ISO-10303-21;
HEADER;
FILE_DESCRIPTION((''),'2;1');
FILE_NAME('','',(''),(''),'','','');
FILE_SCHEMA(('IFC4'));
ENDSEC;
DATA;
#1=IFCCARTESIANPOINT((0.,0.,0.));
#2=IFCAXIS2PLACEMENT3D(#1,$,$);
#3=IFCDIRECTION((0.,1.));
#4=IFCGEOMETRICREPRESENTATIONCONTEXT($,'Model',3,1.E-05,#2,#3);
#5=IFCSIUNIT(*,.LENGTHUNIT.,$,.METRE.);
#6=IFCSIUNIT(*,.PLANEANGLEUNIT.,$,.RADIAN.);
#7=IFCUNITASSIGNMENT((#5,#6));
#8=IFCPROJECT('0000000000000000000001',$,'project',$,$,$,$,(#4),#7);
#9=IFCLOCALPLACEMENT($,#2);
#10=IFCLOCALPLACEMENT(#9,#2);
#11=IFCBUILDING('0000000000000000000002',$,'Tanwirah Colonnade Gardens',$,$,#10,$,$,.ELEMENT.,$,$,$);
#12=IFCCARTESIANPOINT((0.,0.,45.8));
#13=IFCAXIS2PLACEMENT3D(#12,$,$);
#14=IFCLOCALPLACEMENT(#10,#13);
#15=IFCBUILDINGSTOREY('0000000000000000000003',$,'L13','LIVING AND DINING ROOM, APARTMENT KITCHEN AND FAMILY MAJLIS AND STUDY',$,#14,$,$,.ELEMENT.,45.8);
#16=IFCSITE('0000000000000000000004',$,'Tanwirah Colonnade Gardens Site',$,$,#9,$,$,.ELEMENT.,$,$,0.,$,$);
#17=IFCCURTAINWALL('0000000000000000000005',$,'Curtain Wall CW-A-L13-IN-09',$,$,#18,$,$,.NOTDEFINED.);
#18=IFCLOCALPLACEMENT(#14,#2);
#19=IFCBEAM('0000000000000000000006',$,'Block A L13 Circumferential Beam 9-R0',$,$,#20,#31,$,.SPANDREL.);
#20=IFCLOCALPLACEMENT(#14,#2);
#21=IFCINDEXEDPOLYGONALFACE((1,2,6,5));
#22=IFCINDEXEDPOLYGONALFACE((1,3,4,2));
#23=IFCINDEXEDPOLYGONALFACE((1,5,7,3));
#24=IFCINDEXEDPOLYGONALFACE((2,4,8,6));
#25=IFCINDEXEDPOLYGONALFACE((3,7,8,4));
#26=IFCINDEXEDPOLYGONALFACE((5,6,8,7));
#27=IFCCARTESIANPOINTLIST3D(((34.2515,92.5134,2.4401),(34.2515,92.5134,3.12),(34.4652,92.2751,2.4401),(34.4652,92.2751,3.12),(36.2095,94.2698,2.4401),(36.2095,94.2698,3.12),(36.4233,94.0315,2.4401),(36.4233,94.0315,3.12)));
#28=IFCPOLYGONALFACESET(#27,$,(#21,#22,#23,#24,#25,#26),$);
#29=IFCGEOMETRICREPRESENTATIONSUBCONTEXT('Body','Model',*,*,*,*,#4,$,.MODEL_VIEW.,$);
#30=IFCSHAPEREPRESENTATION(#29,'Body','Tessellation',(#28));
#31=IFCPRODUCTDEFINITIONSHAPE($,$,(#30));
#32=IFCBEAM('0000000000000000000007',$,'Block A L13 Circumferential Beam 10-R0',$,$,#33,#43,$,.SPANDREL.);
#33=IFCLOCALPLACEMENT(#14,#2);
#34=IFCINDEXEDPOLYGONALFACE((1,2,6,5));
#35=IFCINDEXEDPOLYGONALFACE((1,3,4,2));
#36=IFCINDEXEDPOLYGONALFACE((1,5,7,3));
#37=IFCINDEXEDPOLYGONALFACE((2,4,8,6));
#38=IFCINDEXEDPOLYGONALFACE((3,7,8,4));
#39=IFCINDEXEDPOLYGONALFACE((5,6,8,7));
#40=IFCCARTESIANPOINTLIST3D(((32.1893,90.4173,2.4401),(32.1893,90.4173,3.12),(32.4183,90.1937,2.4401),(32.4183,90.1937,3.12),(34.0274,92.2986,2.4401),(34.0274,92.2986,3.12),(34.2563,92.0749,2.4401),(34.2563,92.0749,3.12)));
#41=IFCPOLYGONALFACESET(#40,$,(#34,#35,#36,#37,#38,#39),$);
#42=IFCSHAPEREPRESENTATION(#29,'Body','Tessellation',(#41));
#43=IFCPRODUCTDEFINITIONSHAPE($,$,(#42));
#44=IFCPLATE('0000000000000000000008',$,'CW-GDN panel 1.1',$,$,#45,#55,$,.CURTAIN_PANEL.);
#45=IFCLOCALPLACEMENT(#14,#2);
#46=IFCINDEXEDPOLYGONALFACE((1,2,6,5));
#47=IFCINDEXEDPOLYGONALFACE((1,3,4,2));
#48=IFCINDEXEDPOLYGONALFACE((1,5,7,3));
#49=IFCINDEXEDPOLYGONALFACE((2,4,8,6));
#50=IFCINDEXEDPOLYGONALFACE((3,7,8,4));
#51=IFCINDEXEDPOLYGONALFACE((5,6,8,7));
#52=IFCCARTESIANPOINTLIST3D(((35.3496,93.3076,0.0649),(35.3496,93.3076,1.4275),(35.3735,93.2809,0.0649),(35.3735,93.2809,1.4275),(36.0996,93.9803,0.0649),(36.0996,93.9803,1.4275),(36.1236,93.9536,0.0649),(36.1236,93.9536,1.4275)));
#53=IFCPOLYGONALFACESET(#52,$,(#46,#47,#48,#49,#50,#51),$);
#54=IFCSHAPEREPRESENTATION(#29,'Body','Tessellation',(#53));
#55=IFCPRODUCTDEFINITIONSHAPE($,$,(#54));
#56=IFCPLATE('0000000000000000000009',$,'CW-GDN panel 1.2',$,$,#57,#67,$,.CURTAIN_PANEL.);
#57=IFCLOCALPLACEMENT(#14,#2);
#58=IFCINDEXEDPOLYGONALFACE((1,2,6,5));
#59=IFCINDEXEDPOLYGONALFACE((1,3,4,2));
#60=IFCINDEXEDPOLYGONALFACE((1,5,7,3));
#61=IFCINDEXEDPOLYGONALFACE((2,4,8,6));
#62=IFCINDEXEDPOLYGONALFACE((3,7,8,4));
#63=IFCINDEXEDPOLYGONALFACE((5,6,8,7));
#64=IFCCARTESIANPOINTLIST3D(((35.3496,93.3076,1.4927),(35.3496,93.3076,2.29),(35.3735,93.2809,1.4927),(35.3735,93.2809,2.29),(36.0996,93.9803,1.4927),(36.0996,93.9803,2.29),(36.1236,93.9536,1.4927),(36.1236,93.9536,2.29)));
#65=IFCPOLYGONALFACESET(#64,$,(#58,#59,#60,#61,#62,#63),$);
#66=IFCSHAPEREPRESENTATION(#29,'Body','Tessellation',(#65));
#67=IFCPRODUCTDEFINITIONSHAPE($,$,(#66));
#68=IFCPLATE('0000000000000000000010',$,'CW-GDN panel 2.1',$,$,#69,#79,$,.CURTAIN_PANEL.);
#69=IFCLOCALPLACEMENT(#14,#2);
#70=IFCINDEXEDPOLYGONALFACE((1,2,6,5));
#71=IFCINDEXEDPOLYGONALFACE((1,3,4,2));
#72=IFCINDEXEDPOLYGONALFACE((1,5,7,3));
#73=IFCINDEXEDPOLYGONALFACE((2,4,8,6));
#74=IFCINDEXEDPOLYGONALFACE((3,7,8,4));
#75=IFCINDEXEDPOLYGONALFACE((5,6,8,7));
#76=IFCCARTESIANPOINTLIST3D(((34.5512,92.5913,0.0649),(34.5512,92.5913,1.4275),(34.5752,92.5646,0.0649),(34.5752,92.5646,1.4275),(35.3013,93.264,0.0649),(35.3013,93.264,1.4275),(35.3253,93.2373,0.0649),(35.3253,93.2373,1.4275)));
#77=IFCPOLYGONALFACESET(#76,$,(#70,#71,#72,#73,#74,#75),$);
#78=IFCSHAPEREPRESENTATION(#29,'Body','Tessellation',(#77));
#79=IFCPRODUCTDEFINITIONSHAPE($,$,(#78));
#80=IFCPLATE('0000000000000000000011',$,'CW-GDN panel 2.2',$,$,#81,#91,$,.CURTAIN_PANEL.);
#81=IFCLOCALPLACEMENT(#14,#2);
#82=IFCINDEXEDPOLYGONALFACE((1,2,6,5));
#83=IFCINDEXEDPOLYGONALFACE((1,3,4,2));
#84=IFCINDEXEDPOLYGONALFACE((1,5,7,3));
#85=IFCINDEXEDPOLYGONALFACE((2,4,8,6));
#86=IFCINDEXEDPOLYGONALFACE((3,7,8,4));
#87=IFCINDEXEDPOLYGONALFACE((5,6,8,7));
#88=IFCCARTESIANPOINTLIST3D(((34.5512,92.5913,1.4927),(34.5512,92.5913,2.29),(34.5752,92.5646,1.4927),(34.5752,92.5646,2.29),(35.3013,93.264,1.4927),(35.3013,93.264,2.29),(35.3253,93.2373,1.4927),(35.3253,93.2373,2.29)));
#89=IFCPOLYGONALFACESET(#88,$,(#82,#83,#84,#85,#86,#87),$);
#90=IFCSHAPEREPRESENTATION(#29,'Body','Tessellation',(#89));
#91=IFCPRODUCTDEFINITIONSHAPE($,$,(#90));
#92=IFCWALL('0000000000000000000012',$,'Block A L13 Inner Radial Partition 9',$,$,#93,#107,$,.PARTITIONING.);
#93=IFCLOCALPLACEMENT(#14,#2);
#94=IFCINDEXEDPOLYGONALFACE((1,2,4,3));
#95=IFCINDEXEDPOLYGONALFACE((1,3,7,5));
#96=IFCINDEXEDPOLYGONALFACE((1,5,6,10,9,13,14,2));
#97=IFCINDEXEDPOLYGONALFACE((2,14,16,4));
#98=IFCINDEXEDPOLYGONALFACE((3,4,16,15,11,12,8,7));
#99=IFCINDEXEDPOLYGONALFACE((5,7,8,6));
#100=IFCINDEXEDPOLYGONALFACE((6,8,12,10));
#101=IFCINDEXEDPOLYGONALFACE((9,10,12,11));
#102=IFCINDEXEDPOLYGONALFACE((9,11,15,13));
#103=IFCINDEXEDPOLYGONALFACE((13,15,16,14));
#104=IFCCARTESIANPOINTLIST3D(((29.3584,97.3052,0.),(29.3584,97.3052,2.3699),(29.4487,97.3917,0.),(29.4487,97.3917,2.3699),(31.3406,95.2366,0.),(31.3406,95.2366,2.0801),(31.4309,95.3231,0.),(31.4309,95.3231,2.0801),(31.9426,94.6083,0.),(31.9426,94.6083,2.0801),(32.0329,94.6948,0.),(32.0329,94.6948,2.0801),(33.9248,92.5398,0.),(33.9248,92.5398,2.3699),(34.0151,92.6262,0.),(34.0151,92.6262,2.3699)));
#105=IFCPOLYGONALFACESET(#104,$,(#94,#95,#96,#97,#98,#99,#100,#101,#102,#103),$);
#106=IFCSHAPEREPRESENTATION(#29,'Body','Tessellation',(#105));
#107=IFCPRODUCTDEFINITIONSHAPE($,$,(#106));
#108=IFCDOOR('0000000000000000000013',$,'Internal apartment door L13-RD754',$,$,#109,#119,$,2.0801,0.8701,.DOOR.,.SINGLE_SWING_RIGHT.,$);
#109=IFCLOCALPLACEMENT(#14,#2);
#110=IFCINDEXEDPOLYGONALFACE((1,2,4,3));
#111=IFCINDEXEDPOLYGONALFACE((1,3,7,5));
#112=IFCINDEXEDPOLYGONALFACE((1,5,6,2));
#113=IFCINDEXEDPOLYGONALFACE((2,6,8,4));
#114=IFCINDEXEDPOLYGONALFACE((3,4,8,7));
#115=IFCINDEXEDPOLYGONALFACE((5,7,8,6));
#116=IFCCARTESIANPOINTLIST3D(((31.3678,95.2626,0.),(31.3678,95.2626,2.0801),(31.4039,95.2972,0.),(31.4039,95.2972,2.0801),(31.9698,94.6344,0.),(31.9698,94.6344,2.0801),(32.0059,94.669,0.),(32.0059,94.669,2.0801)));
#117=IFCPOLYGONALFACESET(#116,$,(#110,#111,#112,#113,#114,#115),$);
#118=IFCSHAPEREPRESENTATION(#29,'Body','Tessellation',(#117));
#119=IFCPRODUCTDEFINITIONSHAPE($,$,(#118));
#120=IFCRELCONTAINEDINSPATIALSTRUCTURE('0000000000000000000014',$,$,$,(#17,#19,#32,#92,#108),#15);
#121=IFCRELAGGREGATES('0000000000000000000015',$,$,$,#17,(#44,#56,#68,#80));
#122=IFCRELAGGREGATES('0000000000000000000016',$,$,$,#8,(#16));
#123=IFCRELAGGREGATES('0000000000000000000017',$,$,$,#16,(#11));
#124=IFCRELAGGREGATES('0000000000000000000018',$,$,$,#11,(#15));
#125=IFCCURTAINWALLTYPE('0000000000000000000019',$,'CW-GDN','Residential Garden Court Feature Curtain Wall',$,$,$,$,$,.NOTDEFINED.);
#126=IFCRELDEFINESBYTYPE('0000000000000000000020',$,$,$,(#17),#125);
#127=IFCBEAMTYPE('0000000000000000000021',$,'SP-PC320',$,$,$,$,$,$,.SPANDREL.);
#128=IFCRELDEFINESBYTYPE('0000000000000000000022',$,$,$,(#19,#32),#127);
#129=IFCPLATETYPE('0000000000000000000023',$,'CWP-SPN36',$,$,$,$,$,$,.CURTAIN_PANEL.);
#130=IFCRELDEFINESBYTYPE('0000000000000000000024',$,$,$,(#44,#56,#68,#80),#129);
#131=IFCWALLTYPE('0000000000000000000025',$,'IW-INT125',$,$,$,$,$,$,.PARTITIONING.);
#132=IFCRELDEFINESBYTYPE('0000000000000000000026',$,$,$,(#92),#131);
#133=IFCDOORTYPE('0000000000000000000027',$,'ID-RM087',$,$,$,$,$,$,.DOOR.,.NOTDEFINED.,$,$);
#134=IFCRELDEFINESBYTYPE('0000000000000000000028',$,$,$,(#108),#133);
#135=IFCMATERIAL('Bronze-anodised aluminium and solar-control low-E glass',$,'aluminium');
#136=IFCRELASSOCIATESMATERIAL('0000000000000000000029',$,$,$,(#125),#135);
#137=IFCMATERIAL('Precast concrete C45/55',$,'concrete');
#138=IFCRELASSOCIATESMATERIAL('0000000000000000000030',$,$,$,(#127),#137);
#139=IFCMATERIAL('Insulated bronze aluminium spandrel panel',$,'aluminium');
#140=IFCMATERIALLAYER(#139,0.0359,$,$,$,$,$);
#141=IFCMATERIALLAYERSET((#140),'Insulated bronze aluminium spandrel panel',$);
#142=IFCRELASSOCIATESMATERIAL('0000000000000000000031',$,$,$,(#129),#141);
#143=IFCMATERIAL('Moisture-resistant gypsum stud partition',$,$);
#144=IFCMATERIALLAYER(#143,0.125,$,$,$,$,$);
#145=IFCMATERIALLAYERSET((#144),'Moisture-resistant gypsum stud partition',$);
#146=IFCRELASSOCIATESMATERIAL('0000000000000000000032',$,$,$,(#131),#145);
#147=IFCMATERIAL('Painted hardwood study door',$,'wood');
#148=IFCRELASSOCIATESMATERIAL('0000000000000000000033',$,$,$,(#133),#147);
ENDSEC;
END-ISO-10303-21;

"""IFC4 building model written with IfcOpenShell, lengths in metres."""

from ifc_helpers import new_model, si_unit, direction, frame, frame_2d, origin, origin_2d, place, context, subcontext, project, spatial, rectangle, extrude, material, layer, layer_set, material_profile, profile_set, type_object, element, fill, aggregate, save


model = new_model("IFC4")

# Units and contexts
model_context = context("Model", 3, precision=1e-05, world=origin(), true_north=direction((0.0, 1.0)))
body_context = subcontext(model_context, "Body", "Model", "MODEL_VIEW")
ifc_project = project(units=[si_unit("LENGTHUNIT", "METRE"), si_unit("PLANEANGLEUNIT", "RADIAN")], contexts=[model_context])

# Site, building, storey
site_placement = place(None, origin())
site = spatial("IfcSite", under=ifc_project, at=site_placement, Name="Tanwirah Colonnade Gardens Site", CompositionType="ELEMENT", RefElevation=0.0)
building_placement = place(site_placement, origin())
building = spatial("IfcBuilding", under=site, at=building_placement, Name="Tanwirah Colonnade Gardens", CompositionType="ELEMENT")
storey_placement = place(building_placement, frame((0.0, 0.0, 45.8)))
storey = spatial("IfcBuildingStorey", under=building, at=storey_placement, Name="L13", Description="LIVING AND DINING ROOM, APARTMENT KITCHEN AND FAMILY MAJLIS AND STUDY", CompositionType="ELEMENT", Elevation=45.8)

# Curtain wall
ifc_material_1 = material(Name="Bronze-anodised aluminium and solar-control low-E glass", Category="aluminium")
curtain_wall_type = type_object("IfcCurtainWallType", Name="CW-GDN", Description="Residential Garden Court Feature Curtain Wall", PredefinedType="NOTDEFINED", material=ifc_material_1)
curtain_wall_placement = place(storey_placement, origin())
curtain_wall = element("IfcCurtainWall", 1, at=curtain_wall_placement, inside=storey, type_object=curtain_wall_type, Name="Curtain Wall CW-A-L13-IN-09", PredefinedType="NOTDEFINED")

# Beams
ifc_material_2 = material(Name="Precast concrete C45/55", Category="concrete")
ifc_material_profile_1 = material_profile(ifc_material_2, rectangle(XDim=0.3201, YDim=0.6799, at=origin_2d()), Name="PC-SP 320x680")
ifc_profile_set_1 = profile_set([ifc_material_profile_1], Name="Precast concrete C45/55")
beam_type_1 = type_object("IfcBeamType", Name="SP-PC320", PredefinedType="SPANDREL", material=ifc_profile_set_1)
beam_1_placement = place(storey_placement, frame((36.3164, 94.1506, 2.78), z_axis=(-0.744401, -0.667733, 0.0), x_axis=(0.667733, -0.744401, 0.0)))
element("IfcBeam", 2, at=beam_1_placement, inside=storey, type_object=beam_type_1, Name="Block A L13 Circumferential Beam 9-R0", PredefinedType="SPANDREL", context=body_context, shape_type="SweptSolid", body=[
    extrude(rectangle(XDim=0.3201, YDim=0.6799, at=origin_2d()), origin(), (0.0, 0.0, 1.0), 2.6304),
])
beam_2_placement = place(storey_placement, frame((34.1418, 92.1868, 2.78), z_axis=(-0.698844, -0.715274, 0.0), x_axis=(0.715274, -0.698844, 0.0)))
element("IfcBeam", 3, at=beam_2_placement, inside=storey, type_object=beam_type_1, Name="Block A L13 Circumferential Beam 10-R0", PredefinedType="SPANDREL", context=body_context, shape_type="SweptSolid", body=[
    extrude(rectangle(XDim=0.3201, YDim=0.6799, at=origin_2d()), origin(), (0.0, 0.0, 1.0), 2.6301),
])

# Plates
ifc_material_3 = material(Name="Insulated bronze aluminium spandrel panel", Category="aluminium")
ifc_layer_1 = layer(ifc_material_3, 0.0359)
ifc_layer_set_1 = layer_set([ifc_layer_1], Name="Insulated bronze aluminium spandrel panel")
plate_type = type_object("IfcPlateType", Name="CWP-SPN36", PredefinedType="CURTAIN_PANEL", material=ifc_layer_set_1)
plate_1_placement = place(storey_placement, frame((35.7366, 93.6306, 0.0649), z_axis=(0.0, 0.0, 1.0), x_axis=(-0.74444, -0.667689, 0.0)))
plate_1 = element("IfcPlate", 4, at=plate_1_placement, type_object=plate_type, Name="CW-GDN panel 1.1", PredefinedType="CURTAIN_PANEL", context=body_context, shape_type="SweptSolid", body=[
    extrude(rectangle(XDim=1.0076, YDim=0.0359, at=origin_2d()), origin(), (0.0, 0.0, 1.0), 1.3625),
])
plate_2_placement = place(storey_placement, frame((35.7366, 93.6306, 1.4927), z_axis=(0.0, 0.0, 1.0), x_axis=(-0.74444, -0.667689, 0.0)))
plate_2 = element("IfcPlate", 5, at=plate_2_placement, type_object=plate_type, Name="CW-GDN panel 1.2", PredefinedType="CURTAIN_PANEL", context=body_context, shape_type="SweptSolid", body=[
    extrude(rectangle(XDim=1.0076, YDim=0.0359, at=origin_2d()), origin(), (0.0, 0.0, 1.0), 0.7974),
])
plate_3_placement = place(storey_placement, frame((34.9382, 92.9143, 0.0649), z_axis=(0.0, 0.0, 1.0), x_axis=(-0.74444, -0.667689, 0.0)))
plate_3 = element("IfcPlate", 6, at=plate_3_placement, type_object=plate_type, Name="CW-GDN panel 2.1", PredefinedType="CURTAIN_PANEL", context=body_context, shape_type="SweptSolid", body=[
    extrude(rectangle(XDim=1.0076, YDim=0.0359, at=origin_2d()), origin(), (0.0, 0.0, 1.0), 1.3625),
])
plate_4_placement = place(storey_placement, frame((34.9382, 92.9143, 1.4927), z_axis=(0.0, 0.0, 1.0), x_axis=(-0.74444, -0.667689, 0.0)))
plate_4 = element("IfcPlate", 7, at=plate_4_placement, type_object=plate_type, Name="CW-GDN panel 2.2", PredefinedType="CURTAIN_PANEL", context=body_context, shape_type="SweptSolid", body=[
    extrude(rectangle(XDim=1.0076, YDim=0.0359, at=origin_2d()), origin(), (0.0, 0.0, 1.0), 0.7974),
])
aggregate(curtain_wall, [plate_1, plate_2, plate_3, plate_4])

# Wall, opening, door
ifc_material_4 = material(Name="Moisture-resistant gypsum stud partition")
ifc_layer_2 = layer(ifc_material_4, 0.125)
ifc_layer_set_2 = layer_set([ifc_layer_2], Name="Moisture-resistant gypsum stud partition")
wall_type = type_object("IfcWallType", Name="IW-INT125", PredefinedType="PARTITIONING", material=ifc_layer_set_2)
wall_placement = place(storey_placement, frame((33.97, 92.583, 0.0), z_axis=(0.0, 0.0, 1.0), x_axis=(-0.691872, 0.72202, 0.0)))
wall = element("IfcWall", 8, at=wall_placement, inside=storey, type_object=wall_type, Name="Block A L13 Inner Radial Partition 9", PredefinedType="PARTITIONING", context=body_context, shape_type="SweptSolid", body=[
    extrude(rectangle(XDim=6.6001, YDim=0.125, at=frame_2d((3.3, 0.0))), origin(), (0.0, 0.0, 1.0), 2.3699),
])
opening_placement = place(wall_placement, frame((2.865, 0.0, 0.0)))
opening = element("IfcOpeningElement", 9, at=opening_placement, cuts=wall, PredefinedType="OPENING", context=body_context, shape_type="SweptSolid", body=[
    extrude(rectangle(XDim=0.8701, YDim=2.0801, at=frame_2d((0.4351, 1.04))), frame((0.0, 0.0725, 0.0), z_axis=(0.0, -1.0, 0.0), x_axis=(1.0, 0.0, 0.0)), (0.0, 0.0, 1.0), 0.145),
])
ifc_material_5 = material(Name="Painted hardwood study door", Category="wood")
door_type = type_object("IfcDoorType", Name="ID-RM087", OperationType="NOTDEFINED", PredefinedType="DOOR", material=ifc_material_5)
door_placement = place(opening_placement, origin())
door = element("IfcDoor", 10, at=door_placement, inside=storey, type_object=door_type, Name="Internal apartment door L13-RD754", OperationType="SINGLE_SWING_RIGHT", OverallHeight=2.0801, OverallWidth=0.8701, PredefinedType="DOOR", context=body_context, shape_type="SweptSolid", body=[
    extrude(rectangle(XDim=0.8701, YDim=2.0801, at=frame_2d((0.4351, 1.04))), frame((0.0, 0.0249, 0.0), z_axis=(0.0, -1.0, 0.0), x_axis=(1.0, 0.0, 0.0)), (0.0, 0.0, 1.0), 0.05),
])
fill(opening, door)

save(model, "model.ifc")
